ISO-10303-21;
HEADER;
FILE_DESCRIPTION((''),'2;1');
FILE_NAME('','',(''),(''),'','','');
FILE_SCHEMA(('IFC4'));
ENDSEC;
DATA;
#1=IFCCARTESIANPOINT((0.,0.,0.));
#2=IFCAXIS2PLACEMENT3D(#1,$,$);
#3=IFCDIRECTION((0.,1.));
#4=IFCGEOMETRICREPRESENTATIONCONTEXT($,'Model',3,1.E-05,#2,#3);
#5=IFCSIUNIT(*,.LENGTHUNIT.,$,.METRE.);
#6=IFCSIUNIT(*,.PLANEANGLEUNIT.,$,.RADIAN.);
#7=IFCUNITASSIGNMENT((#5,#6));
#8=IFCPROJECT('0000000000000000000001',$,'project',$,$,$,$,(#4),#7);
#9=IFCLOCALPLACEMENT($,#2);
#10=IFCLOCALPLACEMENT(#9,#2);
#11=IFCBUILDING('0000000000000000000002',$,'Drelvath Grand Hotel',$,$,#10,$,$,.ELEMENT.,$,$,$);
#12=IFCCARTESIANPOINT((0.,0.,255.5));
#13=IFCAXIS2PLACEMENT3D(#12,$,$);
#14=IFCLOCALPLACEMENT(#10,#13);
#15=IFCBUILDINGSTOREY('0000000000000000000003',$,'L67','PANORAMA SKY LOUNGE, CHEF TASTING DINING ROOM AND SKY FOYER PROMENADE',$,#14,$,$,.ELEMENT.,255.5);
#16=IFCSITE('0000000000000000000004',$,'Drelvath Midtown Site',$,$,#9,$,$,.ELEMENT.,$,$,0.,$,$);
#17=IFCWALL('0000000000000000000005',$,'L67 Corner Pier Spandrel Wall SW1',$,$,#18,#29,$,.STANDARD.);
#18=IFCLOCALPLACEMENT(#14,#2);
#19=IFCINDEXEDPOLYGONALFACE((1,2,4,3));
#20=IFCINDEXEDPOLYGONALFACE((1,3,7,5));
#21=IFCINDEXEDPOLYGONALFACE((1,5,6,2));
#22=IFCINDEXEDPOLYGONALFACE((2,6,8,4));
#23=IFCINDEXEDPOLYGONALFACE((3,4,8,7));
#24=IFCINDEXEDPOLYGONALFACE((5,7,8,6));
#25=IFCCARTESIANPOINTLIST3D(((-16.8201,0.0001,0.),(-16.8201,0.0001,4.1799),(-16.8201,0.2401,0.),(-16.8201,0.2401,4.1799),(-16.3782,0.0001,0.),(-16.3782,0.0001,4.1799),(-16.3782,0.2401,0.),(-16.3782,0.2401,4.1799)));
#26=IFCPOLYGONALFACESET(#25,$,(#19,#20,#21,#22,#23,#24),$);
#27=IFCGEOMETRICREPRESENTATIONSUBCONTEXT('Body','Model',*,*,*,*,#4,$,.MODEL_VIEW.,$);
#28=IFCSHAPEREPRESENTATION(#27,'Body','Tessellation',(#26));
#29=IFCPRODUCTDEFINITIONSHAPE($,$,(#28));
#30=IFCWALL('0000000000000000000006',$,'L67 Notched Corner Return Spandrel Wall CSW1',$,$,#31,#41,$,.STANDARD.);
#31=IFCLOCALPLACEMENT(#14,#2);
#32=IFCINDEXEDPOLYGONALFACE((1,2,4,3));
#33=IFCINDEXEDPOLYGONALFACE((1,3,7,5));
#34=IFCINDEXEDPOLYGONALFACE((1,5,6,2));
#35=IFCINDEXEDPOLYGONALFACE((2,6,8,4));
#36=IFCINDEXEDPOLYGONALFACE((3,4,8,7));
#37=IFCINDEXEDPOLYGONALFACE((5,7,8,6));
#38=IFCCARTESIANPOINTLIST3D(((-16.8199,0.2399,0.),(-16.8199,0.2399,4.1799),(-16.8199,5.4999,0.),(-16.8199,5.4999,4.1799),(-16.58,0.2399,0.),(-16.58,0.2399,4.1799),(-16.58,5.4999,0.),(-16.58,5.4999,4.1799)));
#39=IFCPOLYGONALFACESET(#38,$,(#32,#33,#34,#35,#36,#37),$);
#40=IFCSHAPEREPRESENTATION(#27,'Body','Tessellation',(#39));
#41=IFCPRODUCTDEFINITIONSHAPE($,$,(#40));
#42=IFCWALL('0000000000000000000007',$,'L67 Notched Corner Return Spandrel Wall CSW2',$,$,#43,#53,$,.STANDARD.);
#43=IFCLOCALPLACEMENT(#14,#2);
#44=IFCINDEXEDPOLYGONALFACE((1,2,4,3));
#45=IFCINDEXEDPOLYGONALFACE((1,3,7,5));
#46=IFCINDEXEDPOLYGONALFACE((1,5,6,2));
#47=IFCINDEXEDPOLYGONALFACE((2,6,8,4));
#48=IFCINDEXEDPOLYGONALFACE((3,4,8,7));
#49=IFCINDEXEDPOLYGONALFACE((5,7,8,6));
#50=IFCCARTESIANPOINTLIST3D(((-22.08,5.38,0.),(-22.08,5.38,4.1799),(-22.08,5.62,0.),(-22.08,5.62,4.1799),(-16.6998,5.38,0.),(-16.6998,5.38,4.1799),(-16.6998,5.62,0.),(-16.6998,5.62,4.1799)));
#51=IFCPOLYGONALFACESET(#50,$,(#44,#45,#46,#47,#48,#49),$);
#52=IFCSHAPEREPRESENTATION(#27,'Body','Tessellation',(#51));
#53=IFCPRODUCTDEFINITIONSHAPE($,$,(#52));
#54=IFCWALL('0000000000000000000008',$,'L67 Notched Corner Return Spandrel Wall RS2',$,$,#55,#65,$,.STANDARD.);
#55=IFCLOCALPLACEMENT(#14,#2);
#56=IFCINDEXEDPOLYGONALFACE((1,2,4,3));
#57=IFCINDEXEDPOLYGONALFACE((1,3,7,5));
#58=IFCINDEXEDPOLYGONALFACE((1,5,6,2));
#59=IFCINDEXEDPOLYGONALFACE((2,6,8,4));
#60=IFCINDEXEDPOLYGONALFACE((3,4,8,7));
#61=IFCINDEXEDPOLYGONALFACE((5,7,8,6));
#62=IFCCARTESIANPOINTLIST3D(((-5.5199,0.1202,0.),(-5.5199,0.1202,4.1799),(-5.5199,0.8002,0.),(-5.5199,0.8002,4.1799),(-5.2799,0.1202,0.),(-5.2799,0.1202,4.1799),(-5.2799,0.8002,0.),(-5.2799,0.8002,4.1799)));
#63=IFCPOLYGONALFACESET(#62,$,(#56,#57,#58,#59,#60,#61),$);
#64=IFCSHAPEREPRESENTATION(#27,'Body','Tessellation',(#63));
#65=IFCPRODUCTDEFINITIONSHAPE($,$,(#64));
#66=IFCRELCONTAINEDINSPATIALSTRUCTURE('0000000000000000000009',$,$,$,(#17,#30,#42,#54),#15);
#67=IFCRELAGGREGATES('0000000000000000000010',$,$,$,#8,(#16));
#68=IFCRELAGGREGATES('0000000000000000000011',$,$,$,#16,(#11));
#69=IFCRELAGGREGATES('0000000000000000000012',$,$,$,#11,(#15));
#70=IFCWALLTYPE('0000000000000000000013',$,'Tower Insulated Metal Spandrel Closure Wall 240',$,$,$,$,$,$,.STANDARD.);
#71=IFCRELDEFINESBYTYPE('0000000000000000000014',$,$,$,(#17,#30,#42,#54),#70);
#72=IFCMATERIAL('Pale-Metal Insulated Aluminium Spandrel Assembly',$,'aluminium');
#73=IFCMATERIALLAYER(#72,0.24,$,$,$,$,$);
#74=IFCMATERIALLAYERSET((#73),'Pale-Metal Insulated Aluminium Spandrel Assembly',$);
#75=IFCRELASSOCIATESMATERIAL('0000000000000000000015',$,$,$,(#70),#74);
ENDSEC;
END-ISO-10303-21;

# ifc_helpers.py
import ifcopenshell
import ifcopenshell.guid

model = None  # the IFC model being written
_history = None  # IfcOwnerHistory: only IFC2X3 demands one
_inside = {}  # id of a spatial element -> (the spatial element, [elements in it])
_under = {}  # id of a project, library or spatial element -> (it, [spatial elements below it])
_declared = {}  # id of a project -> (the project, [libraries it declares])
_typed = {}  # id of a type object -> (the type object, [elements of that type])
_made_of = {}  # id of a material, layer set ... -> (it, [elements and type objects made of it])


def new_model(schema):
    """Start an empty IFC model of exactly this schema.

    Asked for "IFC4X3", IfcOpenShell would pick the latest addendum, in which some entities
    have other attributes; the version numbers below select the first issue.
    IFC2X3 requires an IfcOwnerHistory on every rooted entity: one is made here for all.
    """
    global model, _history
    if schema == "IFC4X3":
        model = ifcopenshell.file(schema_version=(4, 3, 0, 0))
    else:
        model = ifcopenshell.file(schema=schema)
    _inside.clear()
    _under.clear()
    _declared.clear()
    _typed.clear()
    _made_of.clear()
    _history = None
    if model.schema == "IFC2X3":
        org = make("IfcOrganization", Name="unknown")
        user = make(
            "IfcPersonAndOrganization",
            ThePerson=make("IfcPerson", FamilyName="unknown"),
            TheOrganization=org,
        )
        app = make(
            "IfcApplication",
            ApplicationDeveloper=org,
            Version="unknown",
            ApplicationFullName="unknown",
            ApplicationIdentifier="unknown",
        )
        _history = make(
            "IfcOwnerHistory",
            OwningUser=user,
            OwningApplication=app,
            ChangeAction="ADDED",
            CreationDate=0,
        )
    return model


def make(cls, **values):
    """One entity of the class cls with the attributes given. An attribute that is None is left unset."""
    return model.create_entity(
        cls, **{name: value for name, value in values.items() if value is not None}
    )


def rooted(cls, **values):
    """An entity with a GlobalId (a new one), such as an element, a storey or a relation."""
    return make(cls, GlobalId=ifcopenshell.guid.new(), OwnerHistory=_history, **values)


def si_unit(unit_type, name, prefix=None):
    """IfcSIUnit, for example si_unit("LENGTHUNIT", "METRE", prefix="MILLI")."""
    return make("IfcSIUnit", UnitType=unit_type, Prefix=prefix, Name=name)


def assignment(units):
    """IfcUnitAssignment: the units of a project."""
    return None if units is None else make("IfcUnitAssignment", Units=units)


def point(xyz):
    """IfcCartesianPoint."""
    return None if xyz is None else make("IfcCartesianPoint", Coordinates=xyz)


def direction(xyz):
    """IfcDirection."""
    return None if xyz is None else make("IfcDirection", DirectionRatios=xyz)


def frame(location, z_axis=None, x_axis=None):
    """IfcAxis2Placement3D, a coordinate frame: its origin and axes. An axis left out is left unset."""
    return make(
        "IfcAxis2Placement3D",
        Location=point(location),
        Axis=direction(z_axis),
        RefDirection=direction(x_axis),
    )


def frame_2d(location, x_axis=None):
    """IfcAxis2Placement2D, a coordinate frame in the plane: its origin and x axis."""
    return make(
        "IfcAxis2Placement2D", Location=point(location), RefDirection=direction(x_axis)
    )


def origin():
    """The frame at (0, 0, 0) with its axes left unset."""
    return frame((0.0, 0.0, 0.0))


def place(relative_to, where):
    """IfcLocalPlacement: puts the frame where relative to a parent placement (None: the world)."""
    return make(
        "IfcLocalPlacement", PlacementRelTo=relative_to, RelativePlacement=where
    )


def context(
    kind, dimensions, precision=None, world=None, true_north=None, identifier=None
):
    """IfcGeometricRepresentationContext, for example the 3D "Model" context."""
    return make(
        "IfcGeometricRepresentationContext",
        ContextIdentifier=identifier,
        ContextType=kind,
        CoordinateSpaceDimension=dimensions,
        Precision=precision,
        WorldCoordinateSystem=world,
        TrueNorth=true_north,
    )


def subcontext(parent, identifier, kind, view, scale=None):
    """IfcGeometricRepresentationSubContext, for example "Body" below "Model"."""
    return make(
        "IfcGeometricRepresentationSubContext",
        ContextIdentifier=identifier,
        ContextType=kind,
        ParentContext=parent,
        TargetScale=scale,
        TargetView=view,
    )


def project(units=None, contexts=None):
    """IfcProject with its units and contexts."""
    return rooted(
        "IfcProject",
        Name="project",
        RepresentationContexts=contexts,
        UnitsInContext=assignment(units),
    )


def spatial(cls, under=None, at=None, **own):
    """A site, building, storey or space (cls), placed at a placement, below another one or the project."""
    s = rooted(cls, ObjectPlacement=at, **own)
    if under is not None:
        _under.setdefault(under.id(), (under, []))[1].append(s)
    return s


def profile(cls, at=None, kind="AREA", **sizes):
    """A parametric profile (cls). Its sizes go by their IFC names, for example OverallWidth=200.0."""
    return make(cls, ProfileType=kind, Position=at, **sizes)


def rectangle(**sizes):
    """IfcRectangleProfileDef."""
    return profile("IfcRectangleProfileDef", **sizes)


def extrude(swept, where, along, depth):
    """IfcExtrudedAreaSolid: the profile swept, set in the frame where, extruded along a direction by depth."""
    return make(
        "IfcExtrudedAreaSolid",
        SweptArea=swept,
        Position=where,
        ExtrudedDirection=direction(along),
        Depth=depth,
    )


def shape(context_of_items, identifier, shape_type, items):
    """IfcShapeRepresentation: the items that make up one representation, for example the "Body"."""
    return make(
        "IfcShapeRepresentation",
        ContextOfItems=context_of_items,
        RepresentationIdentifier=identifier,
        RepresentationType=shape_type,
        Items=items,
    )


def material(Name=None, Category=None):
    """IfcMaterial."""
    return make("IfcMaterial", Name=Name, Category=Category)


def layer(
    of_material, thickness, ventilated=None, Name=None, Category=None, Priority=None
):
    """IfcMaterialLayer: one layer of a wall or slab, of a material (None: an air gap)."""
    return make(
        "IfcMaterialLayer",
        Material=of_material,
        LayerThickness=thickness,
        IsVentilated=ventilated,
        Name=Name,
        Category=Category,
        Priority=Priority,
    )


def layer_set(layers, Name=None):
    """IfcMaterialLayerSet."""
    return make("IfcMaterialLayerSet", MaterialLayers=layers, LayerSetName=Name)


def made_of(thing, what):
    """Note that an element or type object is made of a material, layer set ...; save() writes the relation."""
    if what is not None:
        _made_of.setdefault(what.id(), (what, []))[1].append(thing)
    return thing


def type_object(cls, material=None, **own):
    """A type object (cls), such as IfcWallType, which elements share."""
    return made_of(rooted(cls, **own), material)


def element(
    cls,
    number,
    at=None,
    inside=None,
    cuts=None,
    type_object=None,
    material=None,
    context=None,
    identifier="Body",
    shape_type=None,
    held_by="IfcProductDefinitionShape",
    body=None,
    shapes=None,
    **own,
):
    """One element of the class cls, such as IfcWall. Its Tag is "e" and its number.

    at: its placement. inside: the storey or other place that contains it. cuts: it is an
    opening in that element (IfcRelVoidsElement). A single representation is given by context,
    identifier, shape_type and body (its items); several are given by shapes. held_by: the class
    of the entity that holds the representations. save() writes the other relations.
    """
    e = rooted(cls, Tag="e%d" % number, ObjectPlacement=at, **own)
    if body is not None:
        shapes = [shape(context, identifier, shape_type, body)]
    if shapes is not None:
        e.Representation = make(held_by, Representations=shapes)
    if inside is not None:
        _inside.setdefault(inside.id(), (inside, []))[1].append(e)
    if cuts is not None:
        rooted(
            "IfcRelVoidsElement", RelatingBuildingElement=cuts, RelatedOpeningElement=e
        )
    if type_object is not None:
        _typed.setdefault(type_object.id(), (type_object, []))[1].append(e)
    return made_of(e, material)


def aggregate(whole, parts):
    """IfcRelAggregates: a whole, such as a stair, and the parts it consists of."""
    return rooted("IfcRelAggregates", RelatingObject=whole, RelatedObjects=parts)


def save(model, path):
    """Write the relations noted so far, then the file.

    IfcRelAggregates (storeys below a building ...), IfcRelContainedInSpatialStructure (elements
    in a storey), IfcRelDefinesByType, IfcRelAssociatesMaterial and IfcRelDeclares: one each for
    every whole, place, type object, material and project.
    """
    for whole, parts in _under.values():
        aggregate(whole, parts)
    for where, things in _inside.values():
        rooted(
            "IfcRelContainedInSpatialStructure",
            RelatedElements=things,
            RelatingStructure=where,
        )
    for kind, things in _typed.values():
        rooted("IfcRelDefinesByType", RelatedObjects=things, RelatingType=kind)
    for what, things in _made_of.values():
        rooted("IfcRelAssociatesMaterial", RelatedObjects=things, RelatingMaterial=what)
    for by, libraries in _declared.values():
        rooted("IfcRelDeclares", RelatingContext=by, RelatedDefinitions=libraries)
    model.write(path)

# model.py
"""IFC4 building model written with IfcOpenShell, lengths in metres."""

from ifc_helpers import new_model, si_unit, direction, frame, frame_2d, origin, place, context, subcontext, project, spatial, rectangle, extrude, material, layer, layer_set, type_object, element, save


model = new_model("IFC4")

# Units and contexts
model_context = context("Model", 3, precision=1e-05, world=origin(), true_north=direction((0.0, 1.0)))
body_context = subcontext(model_context, "Body", "Model", "MODEL_VIEW")
ifc_project = project(units=[si_unit("LENGTHUNIT", "METRE"), si_unit("PLANEANGLEUNIT", "RADIAN")], contexts=[model_context])

# Site, building, storey
site_placement = place(None, origin())
site = spatial("IfcSite", under=ifc_project, at=site_placement, Name="Drelvath Midtown Site", CompositionType="ELEMENT", RefElevation=0.0)
building_placement = place(site_placement, origin())
building = spatial("IfcBuilding", under=site, at=building_placement, Name="Drelvath Grand Hotel", CompositionType="ELEMENT")
storey_placement = place(building_placement, frame((0.0, 0.0, 255.5)))
storey = spatial("IfcBuildingStorey", under=building, at=storey_placement, Name="L67", Description="PANORAMA SKY LOUNGE, CHEF TASTING DINING ROOM AND SKY FOYER PROMENADE", CompositionType="ELEMENT", Elevation=255.5)

# Walls
ifc_material_1 = material(Name="Pale-Metal Insulated Aluminium Spandrel Assembly", Category="aluminium")
ifc_layer_1 = layer(ifc_material_1, 0.24)
ifc_layer_set_1 = layer_set([ifc_layer_1], Name="Pale-Metal Insulated Aluminium Spandrel Assembly")
wall_type_1 = type_object("IfcWallType", Name="Tower Insulated Metal Spandrel Closure Wall 240", PredefinedType="STANDARD", material=ifc_layer_set_1)
wall_1_placement = place(storey_placement, frame((-16.3782, 0.1201, 0.0), z_axis=(0.0, 0.0, 1.0), x_axis=(-1.0, 0.0, 0.0)))
element("IfcWall", 1, at=wall_1_placement, inside=storey, type_object=wall_type_1, Name="L67 Corner Pier Spandrel Wall SW1", PredefinedType="STANDARD", context=body_context, shape_type="SweptSolid", body=[
    extrude(rectangle(XDim=0.4419, YDim=0.24, at=frame_2d((0.2209, 0.0))), origin(), (0.0, 0.0, 1.0), 4.1799),
])
wall_2_placement = place(storey_placement, frame((-16.7, 0.24, 0.0), z_axis=(0.0, 0.0, 1.0), x_axis=(0.0, 1.0, 0.0)))
element("IfcWall", 2, at=wall_2_placement, inside=storey, type_object=wall_type_1, Name="L67 Notched Corner Return Spandrel Wall CSW1", PredefinedType="STANDARD", context=body_context, shape_type="SweptSolid", body=[
    extrude(rectangle(XDim=5.26, YDim=0.24, at=frame_2d((2.6299, 0.0))), origin(), (0.0, 0.0, 1.0), 4.1799),
])
wall_3_placement = place(storey_placement, frame((-16.7, 5.5, 0.0), z_axis=(0.0, 0.0, 1.0), x_axis=(-1.0, 0.0, 0.0)))
element("IfcWall", 3, at=wall_3_placement, inside=storey, type_object=wall_type_1, Name="L67 Notched Corner Return Spandrel Wall CSW2", PredefinedType="STANDARD", context=body_context, shape_type="SweptSolid", body=[
    extrude(rectangle(XDim=5.3801, YDim=0.24, at=frame_2d((2.6899, 0.0))), origin(), (0.0, 0.0, 1.0), 4.1799),
])
wall_4_placement = place(storey_placement, frame((-5.3999, 0.8, 0.0), z_axis=(0.0, 0.0, 1.0), x_axis=(0.0, -1.0, 0.0)))
element("IfcWall", 4, at=wall_4_placement, inside=storey, type_object=wall_type_1, Name="L67 Notched Corner Return Spandrel Wall RS2", PredefinedType="STANDARD", context=body_context, shape_type="SweptSolid", body=[
    extrude(rectangle(XDim=0.6799, YDim=0.24, at=frame_2d((0.3398, 0.0))), origin(), (0.0, 0.0, 1.0), 4.1799),
])

save(model, "model.ifc")
